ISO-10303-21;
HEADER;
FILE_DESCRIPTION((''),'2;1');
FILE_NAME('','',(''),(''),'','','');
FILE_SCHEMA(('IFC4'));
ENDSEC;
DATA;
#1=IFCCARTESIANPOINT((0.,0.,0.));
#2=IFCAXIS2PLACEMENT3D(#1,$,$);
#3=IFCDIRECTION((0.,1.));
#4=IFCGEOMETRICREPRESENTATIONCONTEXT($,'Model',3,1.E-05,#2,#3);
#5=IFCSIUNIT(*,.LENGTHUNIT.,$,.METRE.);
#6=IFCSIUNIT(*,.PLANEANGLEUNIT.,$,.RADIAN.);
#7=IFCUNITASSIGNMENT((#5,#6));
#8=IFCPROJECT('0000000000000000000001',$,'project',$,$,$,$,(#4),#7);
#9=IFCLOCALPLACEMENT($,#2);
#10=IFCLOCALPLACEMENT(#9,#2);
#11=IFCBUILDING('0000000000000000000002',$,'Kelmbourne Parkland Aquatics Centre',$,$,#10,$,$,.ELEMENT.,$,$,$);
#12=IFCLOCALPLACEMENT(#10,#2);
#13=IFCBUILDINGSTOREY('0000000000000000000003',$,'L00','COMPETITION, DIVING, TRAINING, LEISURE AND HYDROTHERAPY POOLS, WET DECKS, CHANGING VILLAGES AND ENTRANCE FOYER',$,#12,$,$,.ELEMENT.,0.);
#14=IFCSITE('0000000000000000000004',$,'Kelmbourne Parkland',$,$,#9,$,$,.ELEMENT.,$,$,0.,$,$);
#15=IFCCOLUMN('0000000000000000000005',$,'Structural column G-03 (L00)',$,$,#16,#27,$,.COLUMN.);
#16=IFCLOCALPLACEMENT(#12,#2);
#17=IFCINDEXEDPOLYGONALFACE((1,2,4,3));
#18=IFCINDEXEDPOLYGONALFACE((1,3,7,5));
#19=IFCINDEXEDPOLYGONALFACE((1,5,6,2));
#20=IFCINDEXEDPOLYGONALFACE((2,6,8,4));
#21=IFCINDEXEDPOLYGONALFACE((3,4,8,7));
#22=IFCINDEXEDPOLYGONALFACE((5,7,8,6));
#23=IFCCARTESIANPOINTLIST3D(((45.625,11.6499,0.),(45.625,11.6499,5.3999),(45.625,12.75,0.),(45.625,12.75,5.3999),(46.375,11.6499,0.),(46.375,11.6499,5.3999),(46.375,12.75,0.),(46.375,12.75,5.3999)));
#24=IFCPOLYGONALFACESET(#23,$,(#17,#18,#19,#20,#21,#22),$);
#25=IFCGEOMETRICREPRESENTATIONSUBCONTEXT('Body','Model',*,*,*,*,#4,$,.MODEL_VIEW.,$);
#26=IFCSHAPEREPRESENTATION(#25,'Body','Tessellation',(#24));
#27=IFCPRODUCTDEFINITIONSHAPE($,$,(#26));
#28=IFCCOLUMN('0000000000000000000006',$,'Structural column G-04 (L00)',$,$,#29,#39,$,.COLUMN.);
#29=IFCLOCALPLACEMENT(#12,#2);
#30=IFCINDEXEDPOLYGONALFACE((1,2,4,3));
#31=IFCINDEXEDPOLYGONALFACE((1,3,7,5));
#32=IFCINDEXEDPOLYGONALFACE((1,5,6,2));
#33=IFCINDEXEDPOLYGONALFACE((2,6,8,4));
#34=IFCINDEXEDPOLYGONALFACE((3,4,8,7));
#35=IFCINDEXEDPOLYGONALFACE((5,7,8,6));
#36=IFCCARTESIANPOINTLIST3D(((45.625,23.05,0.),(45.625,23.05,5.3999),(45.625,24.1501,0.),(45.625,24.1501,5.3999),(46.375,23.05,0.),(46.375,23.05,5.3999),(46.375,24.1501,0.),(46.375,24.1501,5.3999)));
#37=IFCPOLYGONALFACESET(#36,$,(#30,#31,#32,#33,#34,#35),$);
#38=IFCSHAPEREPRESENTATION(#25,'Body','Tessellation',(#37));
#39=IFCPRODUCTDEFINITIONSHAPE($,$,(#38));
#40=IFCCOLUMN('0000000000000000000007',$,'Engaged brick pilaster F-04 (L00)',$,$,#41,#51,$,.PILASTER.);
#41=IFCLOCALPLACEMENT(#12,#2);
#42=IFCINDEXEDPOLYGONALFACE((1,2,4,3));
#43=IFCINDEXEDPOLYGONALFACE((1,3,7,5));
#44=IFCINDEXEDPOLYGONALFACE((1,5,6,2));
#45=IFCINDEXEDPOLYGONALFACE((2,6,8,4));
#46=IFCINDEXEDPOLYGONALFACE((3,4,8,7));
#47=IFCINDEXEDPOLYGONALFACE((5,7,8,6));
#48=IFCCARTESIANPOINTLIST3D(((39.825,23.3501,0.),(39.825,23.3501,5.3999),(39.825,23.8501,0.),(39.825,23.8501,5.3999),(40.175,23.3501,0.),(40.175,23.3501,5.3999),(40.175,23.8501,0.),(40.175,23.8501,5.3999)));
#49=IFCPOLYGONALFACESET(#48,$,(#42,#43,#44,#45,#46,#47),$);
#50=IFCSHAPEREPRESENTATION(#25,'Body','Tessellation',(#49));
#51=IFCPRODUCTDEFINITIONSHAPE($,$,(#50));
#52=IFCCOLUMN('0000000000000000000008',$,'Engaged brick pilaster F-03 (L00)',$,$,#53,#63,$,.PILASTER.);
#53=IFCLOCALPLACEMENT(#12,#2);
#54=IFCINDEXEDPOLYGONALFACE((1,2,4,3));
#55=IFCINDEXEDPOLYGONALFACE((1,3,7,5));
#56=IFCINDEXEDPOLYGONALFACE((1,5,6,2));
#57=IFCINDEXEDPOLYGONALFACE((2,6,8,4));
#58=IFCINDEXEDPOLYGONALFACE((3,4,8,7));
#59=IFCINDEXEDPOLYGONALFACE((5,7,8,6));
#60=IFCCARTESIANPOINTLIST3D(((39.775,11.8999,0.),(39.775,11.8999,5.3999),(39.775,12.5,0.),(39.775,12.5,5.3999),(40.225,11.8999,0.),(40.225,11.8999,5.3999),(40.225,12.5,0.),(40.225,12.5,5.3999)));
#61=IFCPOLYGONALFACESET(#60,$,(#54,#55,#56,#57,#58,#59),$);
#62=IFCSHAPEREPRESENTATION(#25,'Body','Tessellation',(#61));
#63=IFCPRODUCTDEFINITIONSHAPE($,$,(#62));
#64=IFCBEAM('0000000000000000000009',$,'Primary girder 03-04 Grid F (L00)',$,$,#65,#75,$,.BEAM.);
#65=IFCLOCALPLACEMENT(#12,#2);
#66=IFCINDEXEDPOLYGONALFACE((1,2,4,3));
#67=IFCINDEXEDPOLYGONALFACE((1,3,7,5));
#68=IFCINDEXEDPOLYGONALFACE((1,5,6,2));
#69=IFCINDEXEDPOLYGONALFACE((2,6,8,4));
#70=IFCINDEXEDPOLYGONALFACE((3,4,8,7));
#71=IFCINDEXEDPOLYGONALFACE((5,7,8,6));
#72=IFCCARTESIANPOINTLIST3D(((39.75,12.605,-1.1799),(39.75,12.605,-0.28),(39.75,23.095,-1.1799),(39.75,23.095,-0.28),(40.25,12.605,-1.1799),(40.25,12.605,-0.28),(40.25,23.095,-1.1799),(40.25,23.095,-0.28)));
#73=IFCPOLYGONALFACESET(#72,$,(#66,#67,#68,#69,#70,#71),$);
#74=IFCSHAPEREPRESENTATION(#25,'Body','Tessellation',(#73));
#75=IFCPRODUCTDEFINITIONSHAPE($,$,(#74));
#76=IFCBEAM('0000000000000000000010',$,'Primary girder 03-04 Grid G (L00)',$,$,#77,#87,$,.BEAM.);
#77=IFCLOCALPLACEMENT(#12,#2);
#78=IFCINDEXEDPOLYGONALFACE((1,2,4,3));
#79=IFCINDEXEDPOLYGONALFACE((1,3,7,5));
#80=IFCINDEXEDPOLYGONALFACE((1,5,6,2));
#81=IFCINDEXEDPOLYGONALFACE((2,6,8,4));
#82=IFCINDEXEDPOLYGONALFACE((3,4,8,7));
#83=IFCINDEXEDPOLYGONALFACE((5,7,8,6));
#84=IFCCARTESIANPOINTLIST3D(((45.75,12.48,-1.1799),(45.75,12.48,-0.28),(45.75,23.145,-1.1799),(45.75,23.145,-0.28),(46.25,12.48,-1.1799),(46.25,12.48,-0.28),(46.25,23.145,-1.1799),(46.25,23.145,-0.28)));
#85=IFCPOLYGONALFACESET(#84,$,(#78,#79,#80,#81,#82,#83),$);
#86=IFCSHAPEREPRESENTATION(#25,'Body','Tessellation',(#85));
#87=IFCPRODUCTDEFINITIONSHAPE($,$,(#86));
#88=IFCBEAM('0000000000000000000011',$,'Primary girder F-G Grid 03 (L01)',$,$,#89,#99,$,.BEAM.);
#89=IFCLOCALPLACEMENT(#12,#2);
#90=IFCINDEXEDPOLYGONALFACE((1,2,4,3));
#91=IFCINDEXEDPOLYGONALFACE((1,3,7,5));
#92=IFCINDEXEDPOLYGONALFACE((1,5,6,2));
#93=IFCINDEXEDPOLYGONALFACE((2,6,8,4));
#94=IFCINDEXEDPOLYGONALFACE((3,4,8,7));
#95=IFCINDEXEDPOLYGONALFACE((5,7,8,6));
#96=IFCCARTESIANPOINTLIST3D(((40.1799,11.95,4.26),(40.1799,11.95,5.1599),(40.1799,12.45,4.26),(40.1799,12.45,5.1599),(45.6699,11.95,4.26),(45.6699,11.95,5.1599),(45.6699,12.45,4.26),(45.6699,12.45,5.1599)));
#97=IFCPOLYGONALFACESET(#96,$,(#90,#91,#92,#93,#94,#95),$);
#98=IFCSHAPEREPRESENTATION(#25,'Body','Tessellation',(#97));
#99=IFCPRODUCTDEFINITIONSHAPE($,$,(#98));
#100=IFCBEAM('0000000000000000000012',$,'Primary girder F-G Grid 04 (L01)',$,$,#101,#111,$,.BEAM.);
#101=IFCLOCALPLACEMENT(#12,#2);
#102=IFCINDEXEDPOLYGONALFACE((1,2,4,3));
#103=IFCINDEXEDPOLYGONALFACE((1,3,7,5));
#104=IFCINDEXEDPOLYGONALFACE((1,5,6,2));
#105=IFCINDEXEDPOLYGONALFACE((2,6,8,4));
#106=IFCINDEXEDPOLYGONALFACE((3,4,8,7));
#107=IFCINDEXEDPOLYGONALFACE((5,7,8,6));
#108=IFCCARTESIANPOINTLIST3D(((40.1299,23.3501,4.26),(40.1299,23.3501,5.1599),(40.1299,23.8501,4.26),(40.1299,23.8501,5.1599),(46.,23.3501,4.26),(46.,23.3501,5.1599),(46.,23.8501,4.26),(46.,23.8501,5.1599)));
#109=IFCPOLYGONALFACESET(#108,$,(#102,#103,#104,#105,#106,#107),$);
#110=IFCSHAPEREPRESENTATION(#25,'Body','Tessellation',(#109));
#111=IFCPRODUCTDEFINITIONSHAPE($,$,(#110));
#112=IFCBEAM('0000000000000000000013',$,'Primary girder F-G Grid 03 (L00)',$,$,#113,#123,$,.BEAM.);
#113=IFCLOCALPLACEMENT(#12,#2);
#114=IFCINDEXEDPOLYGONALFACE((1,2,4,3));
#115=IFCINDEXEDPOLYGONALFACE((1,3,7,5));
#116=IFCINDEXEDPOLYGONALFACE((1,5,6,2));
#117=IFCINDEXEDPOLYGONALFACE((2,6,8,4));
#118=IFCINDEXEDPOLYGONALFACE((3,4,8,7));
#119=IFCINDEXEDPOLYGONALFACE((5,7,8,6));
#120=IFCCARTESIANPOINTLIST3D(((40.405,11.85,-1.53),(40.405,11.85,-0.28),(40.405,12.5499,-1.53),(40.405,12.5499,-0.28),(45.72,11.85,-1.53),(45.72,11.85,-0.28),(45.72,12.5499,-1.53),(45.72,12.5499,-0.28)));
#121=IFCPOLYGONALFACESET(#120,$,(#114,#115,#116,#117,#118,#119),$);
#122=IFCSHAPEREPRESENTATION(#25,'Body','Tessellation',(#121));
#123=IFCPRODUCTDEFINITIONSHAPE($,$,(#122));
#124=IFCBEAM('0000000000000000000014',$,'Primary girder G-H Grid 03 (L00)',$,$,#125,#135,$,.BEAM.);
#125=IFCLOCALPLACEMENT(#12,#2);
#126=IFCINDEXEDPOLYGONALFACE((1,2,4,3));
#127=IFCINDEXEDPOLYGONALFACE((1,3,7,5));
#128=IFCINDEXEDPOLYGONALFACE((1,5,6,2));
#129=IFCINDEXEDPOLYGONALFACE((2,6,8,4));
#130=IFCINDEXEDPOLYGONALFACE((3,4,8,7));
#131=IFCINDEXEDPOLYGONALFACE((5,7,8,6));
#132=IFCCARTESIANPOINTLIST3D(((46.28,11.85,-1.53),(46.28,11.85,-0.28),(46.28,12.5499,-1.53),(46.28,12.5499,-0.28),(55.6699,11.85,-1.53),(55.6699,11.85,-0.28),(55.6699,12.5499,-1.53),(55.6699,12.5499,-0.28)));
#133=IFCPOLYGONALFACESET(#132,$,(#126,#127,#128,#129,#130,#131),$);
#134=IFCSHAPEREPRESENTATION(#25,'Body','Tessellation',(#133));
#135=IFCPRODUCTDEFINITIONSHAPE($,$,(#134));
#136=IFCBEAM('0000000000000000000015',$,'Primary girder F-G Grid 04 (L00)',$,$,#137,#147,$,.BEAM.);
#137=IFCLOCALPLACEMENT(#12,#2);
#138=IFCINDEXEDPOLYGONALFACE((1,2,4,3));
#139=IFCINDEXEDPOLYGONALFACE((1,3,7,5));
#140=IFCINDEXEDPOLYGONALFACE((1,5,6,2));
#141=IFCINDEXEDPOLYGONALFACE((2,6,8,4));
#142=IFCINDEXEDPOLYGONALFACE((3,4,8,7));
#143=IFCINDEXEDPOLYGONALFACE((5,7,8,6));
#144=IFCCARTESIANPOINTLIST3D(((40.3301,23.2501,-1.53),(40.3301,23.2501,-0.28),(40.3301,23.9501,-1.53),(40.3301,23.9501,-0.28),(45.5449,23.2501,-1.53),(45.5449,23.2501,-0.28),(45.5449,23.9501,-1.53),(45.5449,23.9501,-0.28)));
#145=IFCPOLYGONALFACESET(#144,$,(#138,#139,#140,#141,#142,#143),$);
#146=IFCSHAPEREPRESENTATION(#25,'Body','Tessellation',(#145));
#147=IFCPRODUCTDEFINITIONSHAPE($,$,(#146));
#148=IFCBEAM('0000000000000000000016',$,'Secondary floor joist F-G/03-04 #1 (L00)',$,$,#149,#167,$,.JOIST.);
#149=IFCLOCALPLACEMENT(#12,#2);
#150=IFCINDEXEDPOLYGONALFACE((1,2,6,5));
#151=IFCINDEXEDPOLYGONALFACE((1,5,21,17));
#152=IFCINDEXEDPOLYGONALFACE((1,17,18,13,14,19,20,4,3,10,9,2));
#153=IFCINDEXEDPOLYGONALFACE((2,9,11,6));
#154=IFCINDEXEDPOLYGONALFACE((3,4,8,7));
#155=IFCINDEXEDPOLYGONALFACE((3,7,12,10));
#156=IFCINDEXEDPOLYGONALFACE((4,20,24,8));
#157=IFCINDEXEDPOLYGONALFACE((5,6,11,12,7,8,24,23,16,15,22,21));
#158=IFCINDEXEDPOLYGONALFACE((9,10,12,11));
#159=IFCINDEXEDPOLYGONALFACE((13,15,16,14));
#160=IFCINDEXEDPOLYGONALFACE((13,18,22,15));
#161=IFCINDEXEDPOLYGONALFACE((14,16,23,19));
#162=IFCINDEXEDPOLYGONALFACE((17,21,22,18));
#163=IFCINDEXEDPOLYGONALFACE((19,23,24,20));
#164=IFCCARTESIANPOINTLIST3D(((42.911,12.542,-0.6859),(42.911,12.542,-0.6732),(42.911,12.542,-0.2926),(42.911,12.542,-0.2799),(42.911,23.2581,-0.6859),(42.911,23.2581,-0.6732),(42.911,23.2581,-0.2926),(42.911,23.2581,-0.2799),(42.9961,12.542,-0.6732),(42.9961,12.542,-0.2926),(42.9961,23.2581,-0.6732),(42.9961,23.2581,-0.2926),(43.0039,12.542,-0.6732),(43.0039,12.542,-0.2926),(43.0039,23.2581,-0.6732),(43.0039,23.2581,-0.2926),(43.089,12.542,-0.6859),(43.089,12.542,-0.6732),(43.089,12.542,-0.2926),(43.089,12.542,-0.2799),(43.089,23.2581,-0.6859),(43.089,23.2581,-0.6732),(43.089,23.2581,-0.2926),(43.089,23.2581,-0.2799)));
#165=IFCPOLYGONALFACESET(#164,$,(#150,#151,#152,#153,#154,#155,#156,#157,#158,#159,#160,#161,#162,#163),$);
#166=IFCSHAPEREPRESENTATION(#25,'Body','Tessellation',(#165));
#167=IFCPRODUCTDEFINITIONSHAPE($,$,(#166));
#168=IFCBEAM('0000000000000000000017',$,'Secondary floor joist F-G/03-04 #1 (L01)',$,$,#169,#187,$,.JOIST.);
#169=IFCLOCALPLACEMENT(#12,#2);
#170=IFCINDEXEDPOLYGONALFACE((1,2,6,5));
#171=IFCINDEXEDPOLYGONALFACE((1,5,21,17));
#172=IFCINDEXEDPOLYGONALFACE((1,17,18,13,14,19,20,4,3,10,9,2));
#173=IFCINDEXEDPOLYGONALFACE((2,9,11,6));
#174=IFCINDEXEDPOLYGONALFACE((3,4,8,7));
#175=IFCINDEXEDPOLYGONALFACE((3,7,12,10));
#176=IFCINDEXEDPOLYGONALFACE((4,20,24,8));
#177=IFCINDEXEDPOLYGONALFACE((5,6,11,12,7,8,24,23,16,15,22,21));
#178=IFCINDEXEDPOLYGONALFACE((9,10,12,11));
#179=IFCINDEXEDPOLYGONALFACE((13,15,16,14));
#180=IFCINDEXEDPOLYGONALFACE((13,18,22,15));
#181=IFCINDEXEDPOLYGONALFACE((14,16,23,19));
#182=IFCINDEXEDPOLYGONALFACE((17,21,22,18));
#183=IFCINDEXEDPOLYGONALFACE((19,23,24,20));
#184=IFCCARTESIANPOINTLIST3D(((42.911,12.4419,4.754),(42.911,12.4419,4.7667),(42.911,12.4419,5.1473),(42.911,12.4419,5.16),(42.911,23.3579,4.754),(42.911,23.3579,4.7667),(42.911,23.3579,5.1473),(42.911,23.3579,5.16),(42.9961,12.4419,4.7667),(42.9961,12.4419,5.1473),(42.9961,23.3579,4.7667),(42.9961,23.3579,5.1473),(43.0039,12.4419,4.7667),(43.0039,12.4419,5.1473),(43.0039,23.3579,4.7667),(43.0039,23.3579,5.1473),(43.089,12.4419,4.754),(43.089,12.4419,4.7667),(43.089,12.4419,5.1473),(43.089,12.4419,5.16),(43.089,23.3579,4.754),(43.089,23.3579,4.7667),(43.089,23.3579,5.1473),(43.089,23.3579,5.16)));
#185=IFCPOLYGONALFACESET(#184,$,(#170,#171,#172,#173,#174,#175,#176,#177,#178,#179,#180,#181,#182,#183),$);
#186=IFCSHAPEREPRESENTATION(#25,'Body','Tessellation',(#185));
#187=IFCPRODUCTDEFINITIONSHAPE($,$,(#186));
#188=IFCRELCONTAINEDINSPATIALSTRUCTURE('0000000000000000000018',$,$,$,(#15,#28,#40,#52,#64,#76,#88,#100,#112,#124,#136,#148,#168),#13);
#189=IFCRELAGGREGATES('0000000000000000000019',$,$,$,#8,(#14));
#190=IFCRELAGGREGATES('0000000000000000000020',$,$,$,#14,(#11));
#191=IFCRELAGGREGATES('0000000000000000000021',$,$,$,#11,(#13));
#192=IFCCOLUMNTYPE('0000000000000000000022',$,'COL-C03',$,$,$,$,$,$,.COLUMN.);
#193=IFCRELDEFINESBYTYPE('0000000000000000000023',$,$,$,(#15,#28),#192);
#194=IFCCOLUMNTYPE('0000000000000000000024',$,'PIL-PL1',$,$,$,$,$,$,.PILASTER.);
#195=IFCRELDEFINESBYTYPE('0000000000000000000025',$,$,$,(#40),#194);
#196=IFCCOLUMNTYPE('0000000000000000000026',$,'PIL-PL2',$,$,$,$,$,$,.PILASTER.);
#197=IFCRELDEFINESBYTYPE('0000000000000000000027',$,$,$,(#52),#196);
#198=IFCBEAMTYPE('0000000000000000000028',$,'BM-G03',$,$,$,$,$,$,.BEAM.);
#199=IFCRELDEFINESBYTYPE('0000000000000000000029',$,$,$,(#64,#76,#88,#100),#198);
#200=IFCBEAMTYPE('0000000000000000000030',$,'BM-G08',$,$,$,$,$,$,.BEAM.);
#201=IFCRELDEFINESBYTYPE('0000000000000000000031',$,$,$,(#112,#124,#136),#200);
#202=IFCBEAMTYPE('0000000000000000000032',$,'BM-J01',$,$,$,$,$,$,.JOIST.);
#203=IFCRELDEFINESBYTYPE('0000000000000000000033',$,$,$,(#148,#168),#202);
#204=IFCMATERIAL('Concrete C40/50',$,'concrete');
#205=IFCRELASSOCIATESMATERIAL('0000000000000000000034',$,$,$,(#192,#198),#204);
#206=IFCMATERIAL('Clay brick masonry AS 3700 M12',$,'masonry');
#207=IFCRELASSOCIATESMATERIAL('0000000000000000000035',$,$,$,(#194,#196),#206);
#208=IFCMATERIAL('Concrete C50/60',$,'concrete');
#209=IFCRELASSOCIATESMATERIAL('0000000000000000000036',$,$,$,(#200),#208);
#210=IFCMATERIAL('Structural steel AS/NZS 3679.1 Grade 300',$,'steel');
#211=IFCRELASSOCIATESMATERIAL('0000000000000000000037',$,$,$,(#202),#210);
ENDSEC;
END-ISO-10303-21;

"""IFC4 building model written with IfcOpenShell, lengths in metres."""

from ifc_helpers import new_model, si_unit, direction, frame, origin, origin_2d, place, context, subcontext, project, spatial, rectangle, i_section, extrude, material, material_profile, profile_set, type_object, element, save


model = new_model("IFC4")

# Units and contexts
model_context = context("Model", 3, precision=1e-05, world=origin(), true_north=direction((0.0, 1.0)))
body_context = subcontext(model_context, "Body", "Model", "MODEL_VIEW")
ifc_project = project(units=[si_unit("LENGTHUNIT", "METRE"), si_unit("PLANEANGLEUNIT", "RADIAN")], contexts=[model_context])

# Site, building, storey
site_placement = place(None, origin())
site = spatial("IfcSite", under=ifc_project, at=site_placement, Name="Kelmbourne Parkland", CompositionType="ELEMENT", RefElevation=0.0)
building_placement = place(site_placement, origin())
building = spatial("IfcBuilding", under=site, at=building_placement, Name="Kelmbourne Parkland Aquatics Centre", CompositionType="ELEMENT")
storey_placement = place(building_placement, origin())
storey = spatial("IfcBuildingStorey", under=building, at=storey_placement, Name="L00", Description="COMPETITION, DIVING, TRAINING, LEISURE AND HYDROTHERAPY POOLS, WET DECKS, CHANGING VILLAGES AND ENTRANCE FOYER", CompositionType="ELEMENT", Elevation=0.0)

# Columns
ifc_material_1 = material(Name="Concrete C40/50", Category="concrete")
ifc_material_profile_1 = material_profile(ifc_material_1, rectangle(XDim=0.75, YDim=1.1001, at=origin_2d()), Name="RC 750x1100")
ifc_profile_set_1 = profile_set([ifc_material_profile_1], Name="Concrete C40/50")
column_type_1 = type_object("IfcColumnType", Name="COL-C03", PredefinedType="COLUMN", material=ifc_profile_set_1)
for number, where, z_axis, x_axis, name in (
    (1, (46.0, 12.2, 0.0), (0.0, 0.0, 1.0), (1.0, 0.0, 0.0), "Structural column G-03 (L00)"),
    (2, (46.0, 23.6001, 0.0), (0.0, 0.0, 1.0), (1.0, 0.0, 0.0), "Structural column G-04 (L00)"),
):
    element("IfcColumn", number, at=place(storey_placement, frame(where, z_axis=z_axis, x_axis=x_axis)), inside=storey, type_object=column_type_1, Name=name, PredefinedType="COLUMN", context=body_context, shape_type="SweptSolid", body=[
        extrude(rectangle(XDim=0.75, YDim=1.1001, at=origin_2d()), origin(), (0.0, 0.0, 1.0), 5.3999),
    ])
ifc_material_2 = material(Name="Clay brick masonry AS 3700 M12", Category="masonry")
ifc_material_profile_2 = material_profile(ifc_material_2, rectangle(XDim=0.3501, YDim=0.5, at=origin_2d()), Name="PIL 350x500")
ifc_profile_set_2 = profile_set([ifc_material_profile_2], Name="Clay brick masonry AS 3700 M12")
column_type_2 = type_object("IfcColumnType", Name="PIL-PL1", PredefinedType="PILASTER", material=ifc_profile_set_2)
column_1_placement = place(storey_placement, frame((40.0, 23.6001, 0.0), z_axis=(0.0, 0.0, 1.0), x_axis=(1.0, 0.0, 0.0)))
element("IfcColumn", 3, at=column_1_placement, inside=storey, type_object=column_type_2, Name="Engaged brick pilaster F-04 (L00)", PredefinedType="PILASTER", context=body_context, shape_type="SweptSolid", body=[
    extrude(rectangle(XDim=0.3501, YDim=0.5, at=origin_2d()), origin(), (0.0, 0.0, 1.0), 5.3999),
])
ifc_material_profile_3 = material_profile(ifc_material_2, rectangle(XDim=0.45, YDim=0.6001, at=origin_2d()), Name="PIL 450x600")
ifc_profile_set_3 = profile_set([ifc_material_profile_3], Name="Clay brick masonry AS 3700 M12")
column_type_3 = type_object("IfcColumnType", Name="PIL-PL2", PredefinedType="PILASTER", material=ifc_profile_set_3)
column_2_placement = place(storey_placement, frame((40.0, 12.2, 0.0), z_axis=(0.0, 0.0, 1.0), x_axis=(1.0, 0.0, 0.0)))
element("IfcColumn", 4, at=column_2_placement, inside=storey, type_object=column_type_3, Name="Engaged brick pilaster F-03 (L00)", PredefinedType="PILASTER", context=body_context, shape_type="SweptSolid", body=[
    extrude(rectangle(XDim=0.45, YDim=0.6001, at=origin_2d()), origin(), (0.0, 0.0, 1.0), 5.3999),
])

# Beams
ifc_material_profile_4 = material_profile(ifc_material_1, rectangle(XDim=0.5, YDim=0.8999, at=origin_2d()), Name="RC 500x900")
ifc_profile_set_4 = profile_set([ifc_material_profile_4], Name="Concrete C40/50")
beam_type_1 = type_object("IfcBeamType", Name="BM-G03", PredefinedType="BEAM", material=ifc_profile_set_4)
beam_1_placement = place(storey_placement, frame((40.0, 12.605, -0.73), z_axis=(0.0, 1.0, 0.0), x_axis=(-1.0, 0.0, 0.0)))
element("IfcBeam", 5, at=beam_1_placement, inside=storey, type_object=beam_type_1, Name="Primary girder 03-04 Grid F (L00)", PredefinedType="BEAM", context=body_context, shape_type="SweptSolid", body=[
    extrude(rectangle(XDim=0.5, YDim=0.8999, at=origin_2d()), origin(), (0.0, 0.0, 1.0), 10.49),
])
beam_2_placement = place(storey_placement, frame((46.0, 12.48, -0.73), z_axis=(0.0, 1.0, 0.0), x_axis=(-1.0, 0.0, 0.0)))
element("IfcBeam", 6, at=beam_2_placement, inside=storey, type_object=beam_type_1, Name="Primary girder 03-04 Grid G (L00)", PredefinedType="BEAM", context=body_context, shape_type="SweptSolid", body=[
    extrude(rectangle(XDim=0.5, YDim=0.8999, at=origin_2d()), origin(), (0.0, 0.0, 1.0), 10.665),
])
beam_3_placement = place(storey_placement, frame((40.1799, 12.2, 4.71), z_axis=(1.0, 0.0, 0.0), x_axis=(0.0, 1.0, 0.0)))
element("IfcBeam", 7, at=beam_3_placement, inside=storey, type_object=beam_type_1, Name="Primary girder F-G Grid 03 (L01)", PredefinedType="BEAM", context=body_context, shape_type="SweptSolid", body=[
    extrude(rectangle(XDim=0.5, YDim=0.8999, at=origin_2d()), origin(), (0.0, 0.0, 1.0), 5.49),
])
beam_4_placement = place(storey_placement, frame((40.1299, 23.6001, 4.71), z_axis=(1.0, 0.0, 0.0), x_axis=(0.0, 1.0, 0.0)))
element("IfcBeam", 8, at=beam_4_placement, inside=storey, type_object=beam_type_1, Name="Primary girder F-G Grid 04 (L01)", PredefinedType="BEAM", context=body_context, shape_type="SweptSolid", body=[
    extrude(rectangle(XDim=0.5, YDim=0.8999, at=origin_2d()), origin(), (0.0, 0.0, 1.0), 5.8701),
])
ifc_material_3 = material(Name="Concrete C50/60", Category="concrete")
ifc_material_profile_5 = material_profile(ifc_material_3, rectangle(XDim=0.7, YDim=1.25, at=origin_2d()), Name="RC 700x1250")
ifc_profile_set_5 = profile_set([ifc_material_profile_5], Name="Concrete C50/60")
beam_type_2 = type_object("IfcBeamType", Name="BM-G08", PredefinedType="BEAM", material=ifc_profile_set_5)
beam_5_placement = place(storey_placement, frame((40.405, 12.2, -0.905), z_axis=(1.0, 0.0, 0.0), x_axis=(0.0, 1.0, 0.0)))
element("IfcBeam", 9, at=beam_5_placement, inside=storey, type_object=beam_type_2, Name="Primary girder F-G Grid 03 (L00)", PredefinedType="BEAM", context=body_context, shape_type="SweptSolid", body=[
    extrude(rectangle(XDim=0.7, YDim=1.25, at=origin_2d()), origin(), (0.0, 0.0, 1.0), 5.3149),
])
beam_6_placement = place(storey_placement, frame((46.28, 12.2, -0.905), z_axis=(1.0, 0.0, 0.0), x_axis=(0.0, 1.0, 0.0)))
element("IfcBeam", 10, at=beam_6_placement, inside=storey, type_object=beam_type_2, Name="Primary girder G-H Grid 03 (L00)", PredefinedType="BEAM", context=body_context, shape_type="SweptSolid", body=[
    extrude(rectangle(XDim=0.7, YDim=1.25, at=origin_2d()), origin(), (0.0, 0.0, 1.0), 9.3899),
])
beam_7_placement = place(storey_placement, frame((40.3301, 23.6001, -0.905), z_axis=(1.0, 0.0, 0.0), x_axis=(0.0, 1.0, 0.0)))
element("IfcBeam", 11, at=beam_7_placement, inside=storey, type_object=beam_type_2, Name="Primary girder F-G Grid 04 (L00)", PredefinedType="BEAM", context=body_context, shape_type="SweptSolid", body=[
    extrude(rectangle(XDim=0.7, YDim=1.25, at=origin_2d()), origin(), (0.0, 0.0, 1.0), 5.2148),
])
ifc_material_4 = material(Name="Structural steel AS/NZS 3679.1 Grade 300", Category="steel")
ifc_material_profile_6 = material_profile(ifc_material_4, i_section(OverallWidth=0.178, OverallDepth=0.406, WebThickness=0.0078, FlangeThickness=0.0127, at=origin_2d()), Name="410UB59.7")
ifc_profile_set_6 = profile_set([ifc_material_profile_6], Name="Structural steel AS/NZS 3679.1 Grade 300")
beam_type_3 = type_object("IfcBeamType", Name="BM-J01", PredefinedType="JOIST", material=ifc_profile_set_6)
beam_8_placement = place(storey_placement, frame((43.0, 12.542, -0.4829), z_axis=(0.0, 1.0, 0.0), x_axis=(-1.0, 0.0, 0.0)))
element("IfcBeam", 12, at=beam_8_placement, inside=storey, type_object=beam_type_3, Name="Secondary floor joist F-G/03-04 #1 (L00)", PredefinedType="JOIST", context=body_context, shape_type="SweptSolid", body=[
    extrude(i_section(OverallWidth=0.178, OverallDepth=0.406, WebThickness=0.0078, FlangeThickness=0.0127, at=origin_2d()), origin(), (0.0, 0.0, 1.0), 10.7161),
])
beam_9_placement = place(storey_placement, frame((43.0, 12.4419, 4.957), z_axis=(0.0, 1.0, 0.0), x_axis=(-1.0, 0.0, 0.0)))
element("IfcBeam", 13, at=beam_9_placement, inside=storey, type_object=beam_type_3, Name="Secondary floor joist F-G/03-04 #1 (L01)", PredefinedType="JOIST", context=body_context, shape_type="SweptSolid", body=[
    extrude(i_section(OverallWidth=0.178, OverallDepth=0.406, WebThickness=0.0078, FlangeThickness=0.0127, at=origin_2d()), origin(), (0.0, 0.0, 1.0), 10.916),
])

save(model, "model.ifc")
